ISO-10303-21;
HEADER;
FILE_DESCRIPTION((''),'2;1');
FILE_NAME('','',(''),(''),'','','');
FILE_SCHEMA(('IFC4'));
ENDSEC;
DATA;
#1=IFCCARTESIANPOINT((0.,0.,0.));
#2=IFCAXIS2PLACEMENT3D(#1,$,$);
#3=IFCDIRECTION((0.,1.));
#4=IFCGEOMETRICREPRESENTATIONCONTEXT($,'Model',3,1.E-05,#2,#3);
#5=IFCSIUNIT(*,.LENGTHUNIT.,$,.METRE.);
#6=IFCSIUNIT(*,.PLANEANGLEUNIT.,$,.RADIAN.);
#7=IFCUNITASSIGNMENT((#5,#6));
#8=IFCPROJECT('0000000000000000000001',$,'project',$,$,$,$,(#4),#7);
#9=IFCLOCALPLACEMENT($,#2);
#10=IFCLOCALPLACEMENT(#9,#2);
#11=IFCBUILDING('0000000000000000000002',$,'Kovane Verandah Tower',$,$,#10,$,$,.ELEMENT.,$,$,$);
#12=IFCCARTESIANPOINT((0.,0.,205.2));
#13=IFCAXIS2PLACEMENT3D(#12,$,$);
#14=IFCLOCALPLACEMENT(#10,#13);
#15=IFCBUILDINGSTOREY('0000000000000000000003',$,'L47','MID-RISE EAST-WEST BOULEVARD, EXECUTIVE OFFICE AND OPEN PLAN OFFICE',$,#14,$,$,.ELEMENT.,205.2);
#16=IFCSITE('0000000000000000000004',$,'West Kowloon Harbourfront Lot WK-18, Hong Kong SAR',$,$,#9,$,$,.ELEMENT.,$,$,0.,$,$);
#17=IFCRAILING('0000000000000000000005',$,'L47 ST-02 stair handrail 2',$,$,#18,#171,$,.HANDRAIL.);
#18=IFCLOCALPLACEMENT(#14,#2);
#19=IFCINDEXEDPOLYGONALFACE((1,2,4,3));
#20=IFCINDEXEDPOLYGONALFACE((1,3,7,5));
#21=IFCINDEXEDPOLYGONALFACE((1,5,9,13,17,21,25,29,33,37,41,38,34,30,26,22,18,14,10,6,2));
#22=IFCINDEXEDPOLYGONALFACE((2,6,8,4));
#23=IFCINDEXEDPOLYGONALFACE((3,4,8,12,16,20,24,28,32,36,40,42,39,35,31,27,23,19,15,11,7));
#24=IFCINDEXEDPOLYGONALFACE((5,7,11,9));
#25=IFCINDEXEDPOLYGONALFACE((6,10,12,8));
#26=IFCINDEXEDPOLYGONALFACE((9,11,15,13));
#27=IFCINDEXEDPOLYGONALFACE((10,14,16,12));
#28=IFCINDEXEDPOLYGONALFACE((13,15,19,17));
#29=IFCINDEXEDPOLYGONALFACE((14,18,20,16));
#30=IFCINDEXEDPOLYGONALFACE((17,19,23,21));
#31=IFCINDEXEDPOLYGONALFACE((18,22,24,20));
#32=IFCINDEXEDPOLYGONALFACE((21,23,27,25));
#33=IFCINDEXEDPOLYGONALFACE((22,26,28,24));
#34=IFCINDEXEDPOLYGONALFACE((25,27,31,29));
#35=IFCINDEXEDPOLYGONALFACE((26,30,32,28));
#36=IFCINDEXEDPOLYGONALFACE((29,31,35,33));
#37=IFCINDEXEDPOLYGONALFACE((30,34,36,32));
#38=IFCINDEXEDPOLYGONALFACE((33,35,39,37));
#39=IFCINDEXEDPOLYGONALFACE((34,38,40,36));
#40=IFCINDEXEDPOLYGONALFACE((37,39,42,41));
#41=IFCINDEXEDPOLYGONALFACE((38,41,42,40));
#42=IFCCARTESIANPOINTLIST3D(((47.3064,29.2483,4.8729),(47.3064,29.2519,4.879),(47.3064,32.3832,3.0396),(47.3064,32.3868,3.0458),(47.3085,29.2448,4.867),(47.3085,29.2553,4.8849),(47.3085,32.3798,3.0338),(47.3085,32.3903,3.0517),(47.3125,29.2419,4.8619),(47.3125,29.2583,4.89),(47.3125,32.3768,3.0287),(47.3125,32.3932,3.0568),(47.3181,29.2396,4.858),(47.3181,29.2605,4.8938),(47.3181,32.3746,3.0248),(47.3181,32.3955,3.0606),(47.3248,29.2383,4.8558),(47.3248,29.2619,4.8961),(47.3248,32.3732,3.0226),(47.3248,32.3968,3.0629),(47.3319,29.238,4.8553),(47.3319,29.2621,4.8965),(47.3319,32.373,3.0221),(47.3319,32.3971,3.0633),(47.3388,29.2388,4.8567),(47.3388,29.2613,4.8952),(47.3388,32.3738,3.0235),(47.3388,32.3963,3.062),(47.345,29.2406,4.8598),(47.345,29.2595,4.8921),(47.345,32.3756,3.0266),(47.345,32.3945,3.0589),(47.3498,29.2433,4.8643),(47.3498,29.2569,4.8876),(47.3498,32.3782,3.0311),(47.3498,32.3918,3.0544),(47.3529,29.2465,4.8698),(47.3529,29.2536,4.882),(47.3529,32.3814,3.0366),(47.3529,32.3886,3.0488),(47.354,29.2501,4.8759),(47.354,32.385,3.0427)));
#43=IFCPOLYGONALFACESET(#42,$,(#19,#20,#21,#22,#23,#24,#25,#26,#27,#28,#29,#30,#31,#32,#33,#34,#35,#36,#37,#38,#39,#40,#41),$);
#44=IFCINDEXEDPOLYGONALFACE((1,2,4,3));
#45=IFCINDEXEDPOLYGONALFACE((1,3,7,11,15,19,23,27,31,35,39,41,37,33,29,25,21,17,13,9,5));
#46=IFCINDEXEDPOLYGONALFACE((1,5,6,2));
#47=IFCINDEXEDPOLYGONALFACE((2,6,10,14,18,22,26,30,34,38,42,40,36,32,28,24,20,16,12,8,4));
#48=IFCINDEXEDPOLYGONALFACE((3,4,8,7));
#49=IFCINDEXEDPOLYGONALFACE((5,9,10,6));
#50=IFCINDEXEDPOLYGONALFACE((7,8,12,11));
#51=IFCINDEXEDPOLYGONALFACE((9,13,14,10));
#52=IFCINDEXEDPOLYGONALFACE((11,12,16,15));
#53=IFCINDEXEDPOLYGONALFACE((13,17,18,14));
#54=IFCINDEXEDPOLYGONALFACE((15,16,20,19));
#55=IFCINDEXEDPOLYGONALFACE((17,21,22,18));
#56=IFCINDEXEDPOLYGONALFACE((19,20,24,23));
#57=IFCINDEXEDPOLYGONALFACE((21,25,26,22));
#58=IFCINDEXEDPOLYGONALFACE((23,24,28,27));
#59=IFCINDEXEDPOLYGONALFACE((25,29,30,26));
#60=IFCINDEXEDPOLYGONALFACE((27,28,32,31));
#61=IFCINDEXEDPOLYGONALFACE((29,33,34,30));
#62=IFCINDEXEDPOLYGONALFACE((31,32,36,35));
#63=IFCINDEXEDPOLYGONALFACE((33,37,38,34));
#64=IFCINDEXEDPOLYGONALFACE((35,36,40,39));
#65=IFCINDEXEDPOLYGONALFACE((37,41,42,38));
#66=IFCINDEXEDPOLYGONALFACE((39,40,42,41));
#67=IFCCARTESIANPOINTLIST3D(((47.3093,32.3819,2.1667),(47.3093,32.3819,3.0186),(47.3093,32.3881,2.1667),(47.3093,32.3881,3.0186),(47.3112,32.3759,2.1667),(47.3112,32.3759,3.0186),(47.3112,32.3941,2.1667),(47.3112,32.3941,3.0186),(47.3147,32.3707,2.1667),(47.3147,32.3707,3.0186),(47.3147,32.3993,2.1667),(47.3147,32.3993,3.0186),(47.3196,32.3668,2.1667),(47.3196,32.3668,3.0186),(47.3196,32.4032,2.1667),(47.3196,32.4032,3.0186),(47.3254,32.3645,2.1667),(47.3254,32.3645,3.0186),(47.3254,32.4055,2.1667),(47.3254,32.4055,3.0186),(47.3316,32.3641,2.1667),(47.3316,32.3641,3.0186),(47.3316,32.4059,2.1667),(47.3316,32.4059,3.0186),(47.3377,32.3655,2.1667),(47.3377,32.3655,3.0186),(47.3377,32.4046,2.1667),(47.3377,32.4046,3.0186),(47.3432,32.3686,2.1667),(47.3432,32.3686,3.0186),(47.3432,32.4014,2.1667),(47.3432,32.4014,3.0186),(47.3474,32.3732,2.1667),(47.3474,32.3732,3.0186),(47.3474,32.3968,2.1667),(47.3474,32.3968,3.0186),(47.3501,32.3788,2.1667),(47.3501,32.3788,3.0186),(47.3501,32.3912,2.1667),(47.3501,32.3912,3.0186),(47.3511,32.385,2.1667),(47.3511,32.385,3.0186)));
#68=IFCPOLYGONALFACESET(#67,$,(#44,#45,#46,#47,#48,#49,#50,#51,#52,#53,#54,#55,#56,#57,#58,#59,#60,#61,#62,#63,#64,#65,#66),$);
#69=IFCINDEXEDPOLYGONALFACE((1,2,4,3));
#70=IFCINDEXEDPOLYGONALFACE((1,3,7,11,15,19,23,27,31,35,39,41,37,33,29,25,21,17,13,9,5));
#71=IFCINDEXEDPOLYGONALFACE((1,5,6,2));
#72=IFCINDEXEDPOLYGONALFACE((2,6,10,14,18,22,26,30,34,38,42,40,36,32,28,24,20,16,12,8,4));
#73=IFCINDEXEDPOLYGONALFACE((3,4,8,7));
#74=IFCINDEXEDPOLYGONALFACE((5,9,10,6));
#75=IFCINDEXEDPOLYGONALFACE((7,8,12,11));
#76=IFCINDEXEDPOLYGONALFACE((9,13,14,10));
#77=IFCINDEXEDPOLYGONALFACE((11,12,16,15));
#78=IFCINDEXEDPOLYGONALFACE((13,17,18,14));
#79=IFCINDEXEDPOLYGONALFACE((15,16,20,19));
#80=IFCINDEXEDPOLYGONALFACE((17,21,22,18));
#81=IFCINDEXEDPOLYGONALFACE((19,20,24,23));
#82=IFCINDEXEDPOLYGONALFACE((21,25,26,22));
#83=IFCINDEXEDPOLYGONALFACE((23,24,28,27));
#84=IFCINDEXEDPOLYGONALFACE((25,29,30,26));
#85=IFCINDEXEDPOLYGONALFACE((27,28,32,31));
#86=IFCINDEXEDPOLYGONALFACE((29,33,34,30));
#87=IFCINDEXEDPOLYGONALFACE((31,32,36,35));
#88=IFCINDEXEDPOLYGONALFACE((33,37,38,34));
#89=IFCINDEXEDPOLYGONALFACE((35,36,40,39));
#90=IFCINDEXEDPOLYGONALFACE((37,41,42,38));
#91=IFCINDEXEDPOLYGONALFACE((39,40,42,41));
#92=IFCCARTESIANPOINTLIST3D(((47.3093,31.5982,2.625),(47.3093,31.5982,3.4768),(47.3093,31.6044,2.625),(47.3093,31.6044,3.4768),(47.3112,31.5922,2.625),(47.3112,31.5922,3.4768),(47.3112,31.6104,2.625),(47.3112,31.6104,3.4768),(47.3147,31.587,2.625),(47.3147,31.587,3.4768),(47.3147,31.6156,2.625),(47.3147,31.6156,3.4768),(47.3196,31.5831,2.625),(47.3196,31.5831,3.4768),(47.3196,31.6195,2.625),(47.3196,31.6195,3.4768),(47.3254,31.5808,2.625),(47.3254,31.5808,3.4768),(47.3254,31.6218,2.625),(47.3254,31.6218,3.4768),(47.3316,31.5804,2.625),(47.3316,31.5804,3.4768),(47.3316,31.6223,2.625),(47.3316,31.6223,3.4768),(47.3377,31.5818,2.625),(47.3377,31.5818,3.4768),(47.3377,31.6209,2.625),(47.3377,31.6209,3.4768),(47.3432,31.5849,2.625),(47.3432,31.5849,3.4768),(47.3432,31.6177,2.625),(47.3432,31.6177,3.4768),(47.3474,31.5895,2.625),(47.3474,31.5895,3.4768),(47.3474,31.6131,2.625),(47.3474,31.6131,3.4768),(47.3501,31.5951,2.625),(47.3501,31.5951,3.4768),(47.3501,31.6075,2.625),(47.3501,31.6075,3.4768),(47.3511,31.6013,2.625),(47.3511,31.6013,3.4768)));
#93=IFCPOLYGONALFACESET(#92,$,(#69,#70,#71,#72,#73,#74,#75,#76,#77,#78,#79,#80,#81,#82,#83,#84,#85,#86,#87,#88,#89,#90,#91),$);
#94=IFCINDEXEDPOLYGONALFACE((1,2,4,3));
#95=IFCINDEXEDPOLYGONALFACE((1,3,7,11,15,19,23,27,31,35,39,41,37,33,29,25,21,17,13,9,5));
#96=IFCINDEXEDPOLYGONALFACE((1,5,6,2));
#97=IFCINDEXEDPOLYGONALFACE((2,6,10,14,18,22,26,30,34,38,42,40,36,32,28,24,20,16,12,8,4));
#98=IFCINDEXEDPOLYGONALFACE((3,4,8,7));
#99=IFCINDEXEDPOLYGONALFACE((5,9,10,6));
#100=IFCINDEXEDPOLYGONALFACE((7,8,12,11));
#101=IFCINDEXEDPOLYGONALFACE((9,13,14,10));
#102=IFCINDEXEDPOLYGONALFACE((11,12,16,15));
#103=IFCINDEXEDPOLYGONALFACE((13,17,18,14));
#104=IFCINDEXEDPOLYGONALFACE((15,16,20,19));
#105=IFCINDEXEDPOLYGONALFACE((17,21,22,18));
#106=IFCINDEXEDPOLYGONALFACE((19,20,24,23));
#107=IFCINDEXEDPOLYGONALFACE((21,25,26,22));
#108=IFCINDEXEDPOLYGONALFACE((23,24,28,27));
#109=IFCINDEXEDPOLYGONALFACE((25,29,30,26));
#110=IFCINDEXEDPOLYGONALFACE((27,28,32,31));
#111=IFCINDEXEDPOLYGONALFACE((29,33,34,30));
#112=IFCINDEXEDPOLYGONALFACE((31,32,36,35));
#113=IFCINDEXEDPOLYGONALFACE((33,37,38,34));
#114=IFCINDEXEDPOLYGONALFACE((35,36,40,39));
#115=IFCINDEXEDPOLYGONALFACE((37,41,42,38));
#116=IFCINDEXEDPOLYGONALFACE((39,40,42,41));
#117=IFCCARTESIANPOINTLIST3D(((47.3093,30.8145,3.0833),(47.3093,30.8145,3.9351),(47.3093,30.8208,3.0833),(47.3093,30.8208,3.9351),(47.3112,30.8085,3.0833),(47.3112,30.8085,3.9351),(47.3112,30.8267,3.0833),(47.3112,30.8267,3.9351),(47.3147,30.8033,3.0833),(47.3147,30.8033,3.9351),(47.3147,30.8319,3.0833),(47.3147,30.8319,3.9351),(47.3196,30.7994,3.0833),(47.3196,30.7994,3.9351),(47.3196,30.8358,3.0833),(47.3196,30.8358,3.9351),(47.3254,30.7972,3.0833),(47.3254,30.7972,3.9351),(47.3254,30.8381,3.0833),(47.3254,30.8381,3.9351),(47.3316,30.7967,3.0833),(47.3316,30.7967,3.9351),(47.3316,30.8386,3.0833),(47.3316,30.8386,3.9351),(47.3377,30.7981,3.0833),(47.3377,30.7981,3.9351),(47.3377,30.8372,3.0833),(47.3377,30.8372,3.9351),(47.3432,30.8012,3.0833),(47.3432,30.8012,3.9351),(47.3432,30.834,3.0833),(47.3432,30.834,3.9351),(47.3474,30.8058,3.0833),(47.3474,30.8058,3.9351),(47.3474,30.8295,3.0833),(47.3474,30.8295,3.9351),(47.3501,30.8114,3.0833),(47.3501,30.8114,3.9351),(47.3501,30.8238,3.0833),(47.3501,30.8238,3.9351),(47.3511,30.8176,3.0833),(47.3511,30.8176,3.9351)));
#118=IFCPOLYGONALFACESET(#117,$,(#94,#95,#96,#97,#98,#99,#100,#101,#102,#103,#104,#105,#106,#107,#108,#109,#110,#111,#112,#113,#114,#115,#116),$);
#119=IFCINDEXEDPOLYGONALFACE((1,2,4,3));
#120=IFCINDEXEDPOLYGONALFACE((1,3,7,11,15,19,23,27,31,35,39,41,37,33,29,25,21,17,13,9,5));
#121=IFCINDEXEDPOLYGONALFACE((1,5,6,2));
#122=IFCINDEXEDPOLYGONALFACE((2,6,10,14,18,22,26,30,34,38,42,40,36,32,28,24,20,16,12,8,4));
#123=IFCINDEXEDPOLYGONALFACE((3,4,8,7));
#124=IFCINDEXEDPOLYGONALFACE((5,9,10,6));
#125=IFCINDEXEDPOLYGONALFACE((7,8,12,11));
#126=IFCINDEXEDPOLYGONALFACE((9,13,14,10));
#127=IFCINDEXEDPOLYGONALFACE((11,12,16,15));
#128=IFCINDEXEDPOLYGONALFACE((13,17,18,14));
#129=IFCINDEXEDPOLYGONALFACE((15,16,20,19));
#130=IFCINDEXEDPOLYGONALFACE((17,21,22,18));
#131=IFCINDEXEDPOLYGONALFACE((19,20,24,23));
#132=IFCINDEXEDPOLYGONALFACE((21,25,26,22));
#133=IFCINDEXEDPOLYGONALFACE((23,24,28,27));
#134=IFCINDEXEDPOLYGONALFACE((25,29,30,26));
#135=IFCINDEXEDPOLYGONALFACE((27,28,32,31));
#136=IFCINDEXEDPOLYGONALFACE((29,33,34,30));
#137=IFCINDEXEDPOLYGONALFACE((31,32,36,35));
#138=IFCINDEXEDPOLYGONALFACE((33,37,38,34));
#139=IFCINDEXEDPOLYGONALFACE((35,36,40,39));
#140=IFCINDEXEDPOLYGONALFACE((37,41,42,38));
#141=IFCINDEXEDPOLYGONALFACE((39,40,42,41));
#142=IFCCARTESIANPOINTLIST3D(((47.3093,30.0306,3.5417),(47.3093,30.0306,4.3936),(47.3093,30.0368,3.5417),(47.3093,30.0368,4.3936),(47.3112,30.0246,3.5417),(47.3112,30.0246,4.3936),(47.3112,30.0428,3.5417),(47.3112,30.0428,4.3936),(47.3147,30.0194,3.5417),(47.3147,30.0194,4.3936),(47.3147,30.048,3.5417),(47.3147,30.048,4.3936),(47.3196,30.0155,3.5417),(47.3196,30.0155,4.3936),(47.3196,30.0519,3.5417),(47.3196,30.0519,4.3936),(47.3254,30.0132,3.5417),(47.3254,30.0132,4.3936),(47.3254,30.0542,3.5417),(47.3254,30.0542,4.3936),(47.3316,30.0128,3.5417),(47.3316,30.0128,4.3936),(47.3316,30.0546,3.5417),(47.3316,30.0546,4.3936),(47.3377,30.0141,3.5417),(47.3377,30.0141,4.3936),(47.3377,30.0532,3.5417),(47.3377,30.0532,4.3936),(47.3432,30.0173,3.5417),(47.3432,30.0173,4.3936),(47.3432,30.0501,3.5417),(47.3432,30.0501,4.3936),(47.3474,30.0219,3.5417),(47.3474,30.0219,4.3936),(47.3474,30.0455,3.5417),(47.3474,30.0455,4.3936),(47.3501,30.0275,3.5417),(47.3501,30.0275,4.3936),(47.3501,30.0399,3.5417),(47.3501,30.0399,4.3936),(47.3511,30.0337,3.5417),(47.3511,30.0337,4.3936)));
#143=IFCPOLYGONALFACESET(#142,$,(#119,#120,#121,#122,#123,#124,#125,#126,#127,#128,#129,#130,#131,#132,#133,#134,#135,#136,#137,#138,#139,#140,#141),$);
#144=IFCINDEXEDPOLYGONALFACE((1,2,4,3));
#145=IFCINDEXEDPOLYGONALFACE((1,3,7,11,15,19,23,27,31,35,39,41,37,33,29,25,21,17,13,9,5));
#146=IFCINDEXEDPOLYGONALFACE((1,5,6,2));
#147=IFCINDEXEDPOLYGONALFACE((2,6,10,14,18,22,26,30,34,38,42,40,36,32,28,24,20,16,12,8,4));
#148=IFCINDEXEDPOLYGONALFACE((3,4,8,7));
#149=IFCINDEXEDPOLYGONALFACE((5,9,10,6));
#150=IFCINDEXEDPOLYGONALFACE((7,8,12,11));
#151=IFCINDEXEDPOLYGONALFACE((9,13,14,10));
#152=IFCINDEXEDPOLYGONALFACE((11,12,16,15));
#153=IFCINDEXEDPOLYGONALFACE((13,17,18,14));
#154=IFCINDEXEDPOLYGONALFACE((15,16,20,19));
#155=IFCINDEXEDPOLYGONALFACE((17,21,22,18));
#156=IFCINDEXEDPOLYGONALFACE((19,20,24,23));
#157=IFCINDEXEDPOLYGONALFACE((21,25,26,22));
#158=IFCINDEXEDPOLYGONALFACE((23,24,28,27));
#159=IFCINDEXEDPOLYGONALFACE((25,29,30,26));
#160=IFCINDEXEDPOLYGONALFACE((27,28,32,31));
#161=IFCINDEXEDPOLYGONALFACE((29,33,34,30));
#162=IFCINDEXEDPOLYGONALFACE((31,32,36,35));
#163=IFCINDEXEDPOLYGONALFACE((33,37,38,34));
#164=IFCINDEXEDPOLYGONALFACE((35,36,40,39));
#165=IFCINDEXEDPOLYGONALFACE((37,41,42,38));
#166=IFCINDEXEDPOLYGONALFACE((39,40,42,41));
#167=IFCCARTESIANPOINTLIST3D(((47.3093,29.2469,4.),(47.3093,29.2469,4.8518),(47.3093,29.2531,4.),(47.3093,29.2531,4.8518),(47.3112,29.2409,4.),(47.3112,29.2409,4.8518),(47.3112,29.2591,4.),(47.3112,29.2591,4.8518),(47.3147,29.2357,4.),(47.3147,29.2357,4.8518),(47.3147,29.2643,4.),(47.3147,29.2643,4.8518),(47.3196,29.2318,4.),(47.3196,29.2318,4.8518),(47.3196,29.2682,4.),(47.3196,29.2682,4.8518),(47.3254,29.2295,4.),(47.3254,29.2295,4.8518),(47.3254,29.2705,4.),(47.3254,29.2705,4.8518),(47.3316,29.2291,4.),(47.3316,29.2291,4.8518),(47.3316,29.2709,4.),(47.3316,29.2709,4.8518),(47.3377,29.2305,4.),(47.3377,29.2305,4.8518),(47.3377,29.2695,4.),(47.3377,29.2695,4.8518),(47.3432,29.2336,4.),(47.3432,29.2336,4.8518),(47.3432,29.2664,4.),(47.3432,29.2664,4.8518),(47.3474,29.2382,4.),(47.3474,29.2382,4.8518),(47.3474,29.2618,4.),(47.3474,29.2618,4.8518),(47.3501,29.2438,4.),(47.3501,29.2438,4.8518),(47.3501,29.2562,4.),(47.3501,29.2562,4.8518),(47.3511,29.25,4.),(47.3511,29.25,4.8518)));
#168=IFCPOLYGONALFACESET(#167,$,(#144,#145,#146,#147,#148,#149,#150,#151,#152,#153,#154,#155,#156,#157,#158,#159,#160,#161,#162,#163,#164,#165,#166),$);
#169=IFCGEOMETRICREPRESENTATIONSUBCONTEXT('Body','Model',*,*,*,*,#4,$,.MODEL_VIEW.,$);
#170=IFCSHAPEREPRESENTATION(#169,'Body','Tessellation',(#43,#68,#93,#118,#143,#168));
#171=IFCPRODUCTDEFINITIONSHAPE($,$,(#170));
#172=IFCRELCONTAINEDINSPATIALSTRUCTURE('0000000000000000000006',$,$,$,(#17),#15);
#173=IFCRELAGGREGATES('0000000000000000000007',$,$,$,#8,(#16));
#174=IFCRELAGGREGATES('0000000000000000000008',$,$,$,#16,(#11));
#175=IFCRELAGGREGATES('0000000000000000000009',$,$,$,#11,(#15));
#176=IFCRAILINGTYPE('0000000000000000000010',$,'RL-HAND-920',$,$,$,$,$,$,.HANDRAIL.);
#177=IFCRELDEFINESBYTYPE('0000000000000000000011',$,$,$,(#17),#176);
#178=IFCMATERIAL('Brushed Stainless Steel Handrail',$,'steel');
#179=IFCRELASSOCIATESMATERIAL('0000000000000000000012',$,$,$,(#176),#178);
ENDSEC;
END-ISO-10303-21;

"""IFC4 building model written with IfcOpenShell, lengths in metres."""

from ifc_helpers import new_model, si_unit, direction, frame, origin, origin_2d, place, context, subcontext, project, spatial, circle, extrude, material, type_object, element, save


model = new_model("IFC4")

# Units and contexts
model_context = context("Model", 3, precision=1e-05, world=origin(), true_north=direction((0.0, 1.0)))
body_context = subcontext(model_context, "Body", "Model", "MODEL_VIEW")
ifc_project = project(units=[si_unit("LENGTHUNIT", "METRE"), si_unit("PLANEANGLEUNIT", "RADIAN")], contexts=[model_context])

# Site, building, storey
site_placement = place(None, origin())
site = spatial("IfcSite", under=ifc_project, at=site_placement, Name="West Kowloon Harbourfront Lot WK-18, Hong Kong SAR", CompositionType="ELEMENT", RefElevation=0.0)
building_placement = place(site_placement, origin())
building = spatial("IfcBuilding", under=site, at=building_placement, Name="Kovane Verandah Tower", CompositionType="ELEMENT")
storey_placement = place(building_placement, frame((0.0, 0.0, 205.2)))
storey = spatial("IfcBuildingStorey", under=building, at=storey_placement, Name="L47", Description="MID-RISE EAST-WEST BOULEVARD, EXECUTIVE OFFICE AND OPEN PLAN OFFICE", CompositionType="ELEMENT", Elevation=205.2)

# Railing
ifc_material_1 = material(Name="Brushed Stainless Steel Handrail", Category="steel")
railing_type_1 = type_object("IfcRailingType", Name="RL-HAND-920", PredefinedType="HANDRAIL", material=ifc_material_1)
for number, where, name in (
    (1, (47.3301, 32.385, 2.1667), "L47 ST-02 stair handrail 2"),
):
    element("IfcRailing", number, at=place(storey_placement, frame(where)), inside=storey, type_object=railing_type_1, Name=name, PredefinedType="HANDRAIL", context=body_context, shape_type="SweptSolid", body=[
        extrude(circle(Radius=0.0239, at=origin_2d()), frame((0.0, 0.0, 0.876), z_axis=(0.0, -0.86324, 0.504794), x_axis=(1.0, 0.0, 0.0)), (0.0, 0.0, 1.0), 3.6316),
        extrude(circle(Radius=0.021, at=origin_2d()), origin(), (0.0, 0.0, 1.0), 0.8518),
        extrude(circle(Radius=0.021, at=origin_2d()), frame((0.0, -0.7837, 0.4583)), (0.0, 0.0, 1.0), 0.8518),
        extrude(circle(Radius=0.021, at=origin_2d()), frame((0.0, -1.5674, 0.9165)), (0.0, 0.0, 1.0), 0.8518),
        extrude(circle(Radius=0.021, at=origin_2d()), frame((0.0, -2.3513, 1.375)), (0.0, 0.0, 1.0), 0.8518),
        extrude(circle(Radius=0.021, at=origin_2d()), frame((0.0, -3.135, 1.8333)), (0.0, 0.0, 1.0), 0.8518),
    ])

save(model, "model.ifc")
